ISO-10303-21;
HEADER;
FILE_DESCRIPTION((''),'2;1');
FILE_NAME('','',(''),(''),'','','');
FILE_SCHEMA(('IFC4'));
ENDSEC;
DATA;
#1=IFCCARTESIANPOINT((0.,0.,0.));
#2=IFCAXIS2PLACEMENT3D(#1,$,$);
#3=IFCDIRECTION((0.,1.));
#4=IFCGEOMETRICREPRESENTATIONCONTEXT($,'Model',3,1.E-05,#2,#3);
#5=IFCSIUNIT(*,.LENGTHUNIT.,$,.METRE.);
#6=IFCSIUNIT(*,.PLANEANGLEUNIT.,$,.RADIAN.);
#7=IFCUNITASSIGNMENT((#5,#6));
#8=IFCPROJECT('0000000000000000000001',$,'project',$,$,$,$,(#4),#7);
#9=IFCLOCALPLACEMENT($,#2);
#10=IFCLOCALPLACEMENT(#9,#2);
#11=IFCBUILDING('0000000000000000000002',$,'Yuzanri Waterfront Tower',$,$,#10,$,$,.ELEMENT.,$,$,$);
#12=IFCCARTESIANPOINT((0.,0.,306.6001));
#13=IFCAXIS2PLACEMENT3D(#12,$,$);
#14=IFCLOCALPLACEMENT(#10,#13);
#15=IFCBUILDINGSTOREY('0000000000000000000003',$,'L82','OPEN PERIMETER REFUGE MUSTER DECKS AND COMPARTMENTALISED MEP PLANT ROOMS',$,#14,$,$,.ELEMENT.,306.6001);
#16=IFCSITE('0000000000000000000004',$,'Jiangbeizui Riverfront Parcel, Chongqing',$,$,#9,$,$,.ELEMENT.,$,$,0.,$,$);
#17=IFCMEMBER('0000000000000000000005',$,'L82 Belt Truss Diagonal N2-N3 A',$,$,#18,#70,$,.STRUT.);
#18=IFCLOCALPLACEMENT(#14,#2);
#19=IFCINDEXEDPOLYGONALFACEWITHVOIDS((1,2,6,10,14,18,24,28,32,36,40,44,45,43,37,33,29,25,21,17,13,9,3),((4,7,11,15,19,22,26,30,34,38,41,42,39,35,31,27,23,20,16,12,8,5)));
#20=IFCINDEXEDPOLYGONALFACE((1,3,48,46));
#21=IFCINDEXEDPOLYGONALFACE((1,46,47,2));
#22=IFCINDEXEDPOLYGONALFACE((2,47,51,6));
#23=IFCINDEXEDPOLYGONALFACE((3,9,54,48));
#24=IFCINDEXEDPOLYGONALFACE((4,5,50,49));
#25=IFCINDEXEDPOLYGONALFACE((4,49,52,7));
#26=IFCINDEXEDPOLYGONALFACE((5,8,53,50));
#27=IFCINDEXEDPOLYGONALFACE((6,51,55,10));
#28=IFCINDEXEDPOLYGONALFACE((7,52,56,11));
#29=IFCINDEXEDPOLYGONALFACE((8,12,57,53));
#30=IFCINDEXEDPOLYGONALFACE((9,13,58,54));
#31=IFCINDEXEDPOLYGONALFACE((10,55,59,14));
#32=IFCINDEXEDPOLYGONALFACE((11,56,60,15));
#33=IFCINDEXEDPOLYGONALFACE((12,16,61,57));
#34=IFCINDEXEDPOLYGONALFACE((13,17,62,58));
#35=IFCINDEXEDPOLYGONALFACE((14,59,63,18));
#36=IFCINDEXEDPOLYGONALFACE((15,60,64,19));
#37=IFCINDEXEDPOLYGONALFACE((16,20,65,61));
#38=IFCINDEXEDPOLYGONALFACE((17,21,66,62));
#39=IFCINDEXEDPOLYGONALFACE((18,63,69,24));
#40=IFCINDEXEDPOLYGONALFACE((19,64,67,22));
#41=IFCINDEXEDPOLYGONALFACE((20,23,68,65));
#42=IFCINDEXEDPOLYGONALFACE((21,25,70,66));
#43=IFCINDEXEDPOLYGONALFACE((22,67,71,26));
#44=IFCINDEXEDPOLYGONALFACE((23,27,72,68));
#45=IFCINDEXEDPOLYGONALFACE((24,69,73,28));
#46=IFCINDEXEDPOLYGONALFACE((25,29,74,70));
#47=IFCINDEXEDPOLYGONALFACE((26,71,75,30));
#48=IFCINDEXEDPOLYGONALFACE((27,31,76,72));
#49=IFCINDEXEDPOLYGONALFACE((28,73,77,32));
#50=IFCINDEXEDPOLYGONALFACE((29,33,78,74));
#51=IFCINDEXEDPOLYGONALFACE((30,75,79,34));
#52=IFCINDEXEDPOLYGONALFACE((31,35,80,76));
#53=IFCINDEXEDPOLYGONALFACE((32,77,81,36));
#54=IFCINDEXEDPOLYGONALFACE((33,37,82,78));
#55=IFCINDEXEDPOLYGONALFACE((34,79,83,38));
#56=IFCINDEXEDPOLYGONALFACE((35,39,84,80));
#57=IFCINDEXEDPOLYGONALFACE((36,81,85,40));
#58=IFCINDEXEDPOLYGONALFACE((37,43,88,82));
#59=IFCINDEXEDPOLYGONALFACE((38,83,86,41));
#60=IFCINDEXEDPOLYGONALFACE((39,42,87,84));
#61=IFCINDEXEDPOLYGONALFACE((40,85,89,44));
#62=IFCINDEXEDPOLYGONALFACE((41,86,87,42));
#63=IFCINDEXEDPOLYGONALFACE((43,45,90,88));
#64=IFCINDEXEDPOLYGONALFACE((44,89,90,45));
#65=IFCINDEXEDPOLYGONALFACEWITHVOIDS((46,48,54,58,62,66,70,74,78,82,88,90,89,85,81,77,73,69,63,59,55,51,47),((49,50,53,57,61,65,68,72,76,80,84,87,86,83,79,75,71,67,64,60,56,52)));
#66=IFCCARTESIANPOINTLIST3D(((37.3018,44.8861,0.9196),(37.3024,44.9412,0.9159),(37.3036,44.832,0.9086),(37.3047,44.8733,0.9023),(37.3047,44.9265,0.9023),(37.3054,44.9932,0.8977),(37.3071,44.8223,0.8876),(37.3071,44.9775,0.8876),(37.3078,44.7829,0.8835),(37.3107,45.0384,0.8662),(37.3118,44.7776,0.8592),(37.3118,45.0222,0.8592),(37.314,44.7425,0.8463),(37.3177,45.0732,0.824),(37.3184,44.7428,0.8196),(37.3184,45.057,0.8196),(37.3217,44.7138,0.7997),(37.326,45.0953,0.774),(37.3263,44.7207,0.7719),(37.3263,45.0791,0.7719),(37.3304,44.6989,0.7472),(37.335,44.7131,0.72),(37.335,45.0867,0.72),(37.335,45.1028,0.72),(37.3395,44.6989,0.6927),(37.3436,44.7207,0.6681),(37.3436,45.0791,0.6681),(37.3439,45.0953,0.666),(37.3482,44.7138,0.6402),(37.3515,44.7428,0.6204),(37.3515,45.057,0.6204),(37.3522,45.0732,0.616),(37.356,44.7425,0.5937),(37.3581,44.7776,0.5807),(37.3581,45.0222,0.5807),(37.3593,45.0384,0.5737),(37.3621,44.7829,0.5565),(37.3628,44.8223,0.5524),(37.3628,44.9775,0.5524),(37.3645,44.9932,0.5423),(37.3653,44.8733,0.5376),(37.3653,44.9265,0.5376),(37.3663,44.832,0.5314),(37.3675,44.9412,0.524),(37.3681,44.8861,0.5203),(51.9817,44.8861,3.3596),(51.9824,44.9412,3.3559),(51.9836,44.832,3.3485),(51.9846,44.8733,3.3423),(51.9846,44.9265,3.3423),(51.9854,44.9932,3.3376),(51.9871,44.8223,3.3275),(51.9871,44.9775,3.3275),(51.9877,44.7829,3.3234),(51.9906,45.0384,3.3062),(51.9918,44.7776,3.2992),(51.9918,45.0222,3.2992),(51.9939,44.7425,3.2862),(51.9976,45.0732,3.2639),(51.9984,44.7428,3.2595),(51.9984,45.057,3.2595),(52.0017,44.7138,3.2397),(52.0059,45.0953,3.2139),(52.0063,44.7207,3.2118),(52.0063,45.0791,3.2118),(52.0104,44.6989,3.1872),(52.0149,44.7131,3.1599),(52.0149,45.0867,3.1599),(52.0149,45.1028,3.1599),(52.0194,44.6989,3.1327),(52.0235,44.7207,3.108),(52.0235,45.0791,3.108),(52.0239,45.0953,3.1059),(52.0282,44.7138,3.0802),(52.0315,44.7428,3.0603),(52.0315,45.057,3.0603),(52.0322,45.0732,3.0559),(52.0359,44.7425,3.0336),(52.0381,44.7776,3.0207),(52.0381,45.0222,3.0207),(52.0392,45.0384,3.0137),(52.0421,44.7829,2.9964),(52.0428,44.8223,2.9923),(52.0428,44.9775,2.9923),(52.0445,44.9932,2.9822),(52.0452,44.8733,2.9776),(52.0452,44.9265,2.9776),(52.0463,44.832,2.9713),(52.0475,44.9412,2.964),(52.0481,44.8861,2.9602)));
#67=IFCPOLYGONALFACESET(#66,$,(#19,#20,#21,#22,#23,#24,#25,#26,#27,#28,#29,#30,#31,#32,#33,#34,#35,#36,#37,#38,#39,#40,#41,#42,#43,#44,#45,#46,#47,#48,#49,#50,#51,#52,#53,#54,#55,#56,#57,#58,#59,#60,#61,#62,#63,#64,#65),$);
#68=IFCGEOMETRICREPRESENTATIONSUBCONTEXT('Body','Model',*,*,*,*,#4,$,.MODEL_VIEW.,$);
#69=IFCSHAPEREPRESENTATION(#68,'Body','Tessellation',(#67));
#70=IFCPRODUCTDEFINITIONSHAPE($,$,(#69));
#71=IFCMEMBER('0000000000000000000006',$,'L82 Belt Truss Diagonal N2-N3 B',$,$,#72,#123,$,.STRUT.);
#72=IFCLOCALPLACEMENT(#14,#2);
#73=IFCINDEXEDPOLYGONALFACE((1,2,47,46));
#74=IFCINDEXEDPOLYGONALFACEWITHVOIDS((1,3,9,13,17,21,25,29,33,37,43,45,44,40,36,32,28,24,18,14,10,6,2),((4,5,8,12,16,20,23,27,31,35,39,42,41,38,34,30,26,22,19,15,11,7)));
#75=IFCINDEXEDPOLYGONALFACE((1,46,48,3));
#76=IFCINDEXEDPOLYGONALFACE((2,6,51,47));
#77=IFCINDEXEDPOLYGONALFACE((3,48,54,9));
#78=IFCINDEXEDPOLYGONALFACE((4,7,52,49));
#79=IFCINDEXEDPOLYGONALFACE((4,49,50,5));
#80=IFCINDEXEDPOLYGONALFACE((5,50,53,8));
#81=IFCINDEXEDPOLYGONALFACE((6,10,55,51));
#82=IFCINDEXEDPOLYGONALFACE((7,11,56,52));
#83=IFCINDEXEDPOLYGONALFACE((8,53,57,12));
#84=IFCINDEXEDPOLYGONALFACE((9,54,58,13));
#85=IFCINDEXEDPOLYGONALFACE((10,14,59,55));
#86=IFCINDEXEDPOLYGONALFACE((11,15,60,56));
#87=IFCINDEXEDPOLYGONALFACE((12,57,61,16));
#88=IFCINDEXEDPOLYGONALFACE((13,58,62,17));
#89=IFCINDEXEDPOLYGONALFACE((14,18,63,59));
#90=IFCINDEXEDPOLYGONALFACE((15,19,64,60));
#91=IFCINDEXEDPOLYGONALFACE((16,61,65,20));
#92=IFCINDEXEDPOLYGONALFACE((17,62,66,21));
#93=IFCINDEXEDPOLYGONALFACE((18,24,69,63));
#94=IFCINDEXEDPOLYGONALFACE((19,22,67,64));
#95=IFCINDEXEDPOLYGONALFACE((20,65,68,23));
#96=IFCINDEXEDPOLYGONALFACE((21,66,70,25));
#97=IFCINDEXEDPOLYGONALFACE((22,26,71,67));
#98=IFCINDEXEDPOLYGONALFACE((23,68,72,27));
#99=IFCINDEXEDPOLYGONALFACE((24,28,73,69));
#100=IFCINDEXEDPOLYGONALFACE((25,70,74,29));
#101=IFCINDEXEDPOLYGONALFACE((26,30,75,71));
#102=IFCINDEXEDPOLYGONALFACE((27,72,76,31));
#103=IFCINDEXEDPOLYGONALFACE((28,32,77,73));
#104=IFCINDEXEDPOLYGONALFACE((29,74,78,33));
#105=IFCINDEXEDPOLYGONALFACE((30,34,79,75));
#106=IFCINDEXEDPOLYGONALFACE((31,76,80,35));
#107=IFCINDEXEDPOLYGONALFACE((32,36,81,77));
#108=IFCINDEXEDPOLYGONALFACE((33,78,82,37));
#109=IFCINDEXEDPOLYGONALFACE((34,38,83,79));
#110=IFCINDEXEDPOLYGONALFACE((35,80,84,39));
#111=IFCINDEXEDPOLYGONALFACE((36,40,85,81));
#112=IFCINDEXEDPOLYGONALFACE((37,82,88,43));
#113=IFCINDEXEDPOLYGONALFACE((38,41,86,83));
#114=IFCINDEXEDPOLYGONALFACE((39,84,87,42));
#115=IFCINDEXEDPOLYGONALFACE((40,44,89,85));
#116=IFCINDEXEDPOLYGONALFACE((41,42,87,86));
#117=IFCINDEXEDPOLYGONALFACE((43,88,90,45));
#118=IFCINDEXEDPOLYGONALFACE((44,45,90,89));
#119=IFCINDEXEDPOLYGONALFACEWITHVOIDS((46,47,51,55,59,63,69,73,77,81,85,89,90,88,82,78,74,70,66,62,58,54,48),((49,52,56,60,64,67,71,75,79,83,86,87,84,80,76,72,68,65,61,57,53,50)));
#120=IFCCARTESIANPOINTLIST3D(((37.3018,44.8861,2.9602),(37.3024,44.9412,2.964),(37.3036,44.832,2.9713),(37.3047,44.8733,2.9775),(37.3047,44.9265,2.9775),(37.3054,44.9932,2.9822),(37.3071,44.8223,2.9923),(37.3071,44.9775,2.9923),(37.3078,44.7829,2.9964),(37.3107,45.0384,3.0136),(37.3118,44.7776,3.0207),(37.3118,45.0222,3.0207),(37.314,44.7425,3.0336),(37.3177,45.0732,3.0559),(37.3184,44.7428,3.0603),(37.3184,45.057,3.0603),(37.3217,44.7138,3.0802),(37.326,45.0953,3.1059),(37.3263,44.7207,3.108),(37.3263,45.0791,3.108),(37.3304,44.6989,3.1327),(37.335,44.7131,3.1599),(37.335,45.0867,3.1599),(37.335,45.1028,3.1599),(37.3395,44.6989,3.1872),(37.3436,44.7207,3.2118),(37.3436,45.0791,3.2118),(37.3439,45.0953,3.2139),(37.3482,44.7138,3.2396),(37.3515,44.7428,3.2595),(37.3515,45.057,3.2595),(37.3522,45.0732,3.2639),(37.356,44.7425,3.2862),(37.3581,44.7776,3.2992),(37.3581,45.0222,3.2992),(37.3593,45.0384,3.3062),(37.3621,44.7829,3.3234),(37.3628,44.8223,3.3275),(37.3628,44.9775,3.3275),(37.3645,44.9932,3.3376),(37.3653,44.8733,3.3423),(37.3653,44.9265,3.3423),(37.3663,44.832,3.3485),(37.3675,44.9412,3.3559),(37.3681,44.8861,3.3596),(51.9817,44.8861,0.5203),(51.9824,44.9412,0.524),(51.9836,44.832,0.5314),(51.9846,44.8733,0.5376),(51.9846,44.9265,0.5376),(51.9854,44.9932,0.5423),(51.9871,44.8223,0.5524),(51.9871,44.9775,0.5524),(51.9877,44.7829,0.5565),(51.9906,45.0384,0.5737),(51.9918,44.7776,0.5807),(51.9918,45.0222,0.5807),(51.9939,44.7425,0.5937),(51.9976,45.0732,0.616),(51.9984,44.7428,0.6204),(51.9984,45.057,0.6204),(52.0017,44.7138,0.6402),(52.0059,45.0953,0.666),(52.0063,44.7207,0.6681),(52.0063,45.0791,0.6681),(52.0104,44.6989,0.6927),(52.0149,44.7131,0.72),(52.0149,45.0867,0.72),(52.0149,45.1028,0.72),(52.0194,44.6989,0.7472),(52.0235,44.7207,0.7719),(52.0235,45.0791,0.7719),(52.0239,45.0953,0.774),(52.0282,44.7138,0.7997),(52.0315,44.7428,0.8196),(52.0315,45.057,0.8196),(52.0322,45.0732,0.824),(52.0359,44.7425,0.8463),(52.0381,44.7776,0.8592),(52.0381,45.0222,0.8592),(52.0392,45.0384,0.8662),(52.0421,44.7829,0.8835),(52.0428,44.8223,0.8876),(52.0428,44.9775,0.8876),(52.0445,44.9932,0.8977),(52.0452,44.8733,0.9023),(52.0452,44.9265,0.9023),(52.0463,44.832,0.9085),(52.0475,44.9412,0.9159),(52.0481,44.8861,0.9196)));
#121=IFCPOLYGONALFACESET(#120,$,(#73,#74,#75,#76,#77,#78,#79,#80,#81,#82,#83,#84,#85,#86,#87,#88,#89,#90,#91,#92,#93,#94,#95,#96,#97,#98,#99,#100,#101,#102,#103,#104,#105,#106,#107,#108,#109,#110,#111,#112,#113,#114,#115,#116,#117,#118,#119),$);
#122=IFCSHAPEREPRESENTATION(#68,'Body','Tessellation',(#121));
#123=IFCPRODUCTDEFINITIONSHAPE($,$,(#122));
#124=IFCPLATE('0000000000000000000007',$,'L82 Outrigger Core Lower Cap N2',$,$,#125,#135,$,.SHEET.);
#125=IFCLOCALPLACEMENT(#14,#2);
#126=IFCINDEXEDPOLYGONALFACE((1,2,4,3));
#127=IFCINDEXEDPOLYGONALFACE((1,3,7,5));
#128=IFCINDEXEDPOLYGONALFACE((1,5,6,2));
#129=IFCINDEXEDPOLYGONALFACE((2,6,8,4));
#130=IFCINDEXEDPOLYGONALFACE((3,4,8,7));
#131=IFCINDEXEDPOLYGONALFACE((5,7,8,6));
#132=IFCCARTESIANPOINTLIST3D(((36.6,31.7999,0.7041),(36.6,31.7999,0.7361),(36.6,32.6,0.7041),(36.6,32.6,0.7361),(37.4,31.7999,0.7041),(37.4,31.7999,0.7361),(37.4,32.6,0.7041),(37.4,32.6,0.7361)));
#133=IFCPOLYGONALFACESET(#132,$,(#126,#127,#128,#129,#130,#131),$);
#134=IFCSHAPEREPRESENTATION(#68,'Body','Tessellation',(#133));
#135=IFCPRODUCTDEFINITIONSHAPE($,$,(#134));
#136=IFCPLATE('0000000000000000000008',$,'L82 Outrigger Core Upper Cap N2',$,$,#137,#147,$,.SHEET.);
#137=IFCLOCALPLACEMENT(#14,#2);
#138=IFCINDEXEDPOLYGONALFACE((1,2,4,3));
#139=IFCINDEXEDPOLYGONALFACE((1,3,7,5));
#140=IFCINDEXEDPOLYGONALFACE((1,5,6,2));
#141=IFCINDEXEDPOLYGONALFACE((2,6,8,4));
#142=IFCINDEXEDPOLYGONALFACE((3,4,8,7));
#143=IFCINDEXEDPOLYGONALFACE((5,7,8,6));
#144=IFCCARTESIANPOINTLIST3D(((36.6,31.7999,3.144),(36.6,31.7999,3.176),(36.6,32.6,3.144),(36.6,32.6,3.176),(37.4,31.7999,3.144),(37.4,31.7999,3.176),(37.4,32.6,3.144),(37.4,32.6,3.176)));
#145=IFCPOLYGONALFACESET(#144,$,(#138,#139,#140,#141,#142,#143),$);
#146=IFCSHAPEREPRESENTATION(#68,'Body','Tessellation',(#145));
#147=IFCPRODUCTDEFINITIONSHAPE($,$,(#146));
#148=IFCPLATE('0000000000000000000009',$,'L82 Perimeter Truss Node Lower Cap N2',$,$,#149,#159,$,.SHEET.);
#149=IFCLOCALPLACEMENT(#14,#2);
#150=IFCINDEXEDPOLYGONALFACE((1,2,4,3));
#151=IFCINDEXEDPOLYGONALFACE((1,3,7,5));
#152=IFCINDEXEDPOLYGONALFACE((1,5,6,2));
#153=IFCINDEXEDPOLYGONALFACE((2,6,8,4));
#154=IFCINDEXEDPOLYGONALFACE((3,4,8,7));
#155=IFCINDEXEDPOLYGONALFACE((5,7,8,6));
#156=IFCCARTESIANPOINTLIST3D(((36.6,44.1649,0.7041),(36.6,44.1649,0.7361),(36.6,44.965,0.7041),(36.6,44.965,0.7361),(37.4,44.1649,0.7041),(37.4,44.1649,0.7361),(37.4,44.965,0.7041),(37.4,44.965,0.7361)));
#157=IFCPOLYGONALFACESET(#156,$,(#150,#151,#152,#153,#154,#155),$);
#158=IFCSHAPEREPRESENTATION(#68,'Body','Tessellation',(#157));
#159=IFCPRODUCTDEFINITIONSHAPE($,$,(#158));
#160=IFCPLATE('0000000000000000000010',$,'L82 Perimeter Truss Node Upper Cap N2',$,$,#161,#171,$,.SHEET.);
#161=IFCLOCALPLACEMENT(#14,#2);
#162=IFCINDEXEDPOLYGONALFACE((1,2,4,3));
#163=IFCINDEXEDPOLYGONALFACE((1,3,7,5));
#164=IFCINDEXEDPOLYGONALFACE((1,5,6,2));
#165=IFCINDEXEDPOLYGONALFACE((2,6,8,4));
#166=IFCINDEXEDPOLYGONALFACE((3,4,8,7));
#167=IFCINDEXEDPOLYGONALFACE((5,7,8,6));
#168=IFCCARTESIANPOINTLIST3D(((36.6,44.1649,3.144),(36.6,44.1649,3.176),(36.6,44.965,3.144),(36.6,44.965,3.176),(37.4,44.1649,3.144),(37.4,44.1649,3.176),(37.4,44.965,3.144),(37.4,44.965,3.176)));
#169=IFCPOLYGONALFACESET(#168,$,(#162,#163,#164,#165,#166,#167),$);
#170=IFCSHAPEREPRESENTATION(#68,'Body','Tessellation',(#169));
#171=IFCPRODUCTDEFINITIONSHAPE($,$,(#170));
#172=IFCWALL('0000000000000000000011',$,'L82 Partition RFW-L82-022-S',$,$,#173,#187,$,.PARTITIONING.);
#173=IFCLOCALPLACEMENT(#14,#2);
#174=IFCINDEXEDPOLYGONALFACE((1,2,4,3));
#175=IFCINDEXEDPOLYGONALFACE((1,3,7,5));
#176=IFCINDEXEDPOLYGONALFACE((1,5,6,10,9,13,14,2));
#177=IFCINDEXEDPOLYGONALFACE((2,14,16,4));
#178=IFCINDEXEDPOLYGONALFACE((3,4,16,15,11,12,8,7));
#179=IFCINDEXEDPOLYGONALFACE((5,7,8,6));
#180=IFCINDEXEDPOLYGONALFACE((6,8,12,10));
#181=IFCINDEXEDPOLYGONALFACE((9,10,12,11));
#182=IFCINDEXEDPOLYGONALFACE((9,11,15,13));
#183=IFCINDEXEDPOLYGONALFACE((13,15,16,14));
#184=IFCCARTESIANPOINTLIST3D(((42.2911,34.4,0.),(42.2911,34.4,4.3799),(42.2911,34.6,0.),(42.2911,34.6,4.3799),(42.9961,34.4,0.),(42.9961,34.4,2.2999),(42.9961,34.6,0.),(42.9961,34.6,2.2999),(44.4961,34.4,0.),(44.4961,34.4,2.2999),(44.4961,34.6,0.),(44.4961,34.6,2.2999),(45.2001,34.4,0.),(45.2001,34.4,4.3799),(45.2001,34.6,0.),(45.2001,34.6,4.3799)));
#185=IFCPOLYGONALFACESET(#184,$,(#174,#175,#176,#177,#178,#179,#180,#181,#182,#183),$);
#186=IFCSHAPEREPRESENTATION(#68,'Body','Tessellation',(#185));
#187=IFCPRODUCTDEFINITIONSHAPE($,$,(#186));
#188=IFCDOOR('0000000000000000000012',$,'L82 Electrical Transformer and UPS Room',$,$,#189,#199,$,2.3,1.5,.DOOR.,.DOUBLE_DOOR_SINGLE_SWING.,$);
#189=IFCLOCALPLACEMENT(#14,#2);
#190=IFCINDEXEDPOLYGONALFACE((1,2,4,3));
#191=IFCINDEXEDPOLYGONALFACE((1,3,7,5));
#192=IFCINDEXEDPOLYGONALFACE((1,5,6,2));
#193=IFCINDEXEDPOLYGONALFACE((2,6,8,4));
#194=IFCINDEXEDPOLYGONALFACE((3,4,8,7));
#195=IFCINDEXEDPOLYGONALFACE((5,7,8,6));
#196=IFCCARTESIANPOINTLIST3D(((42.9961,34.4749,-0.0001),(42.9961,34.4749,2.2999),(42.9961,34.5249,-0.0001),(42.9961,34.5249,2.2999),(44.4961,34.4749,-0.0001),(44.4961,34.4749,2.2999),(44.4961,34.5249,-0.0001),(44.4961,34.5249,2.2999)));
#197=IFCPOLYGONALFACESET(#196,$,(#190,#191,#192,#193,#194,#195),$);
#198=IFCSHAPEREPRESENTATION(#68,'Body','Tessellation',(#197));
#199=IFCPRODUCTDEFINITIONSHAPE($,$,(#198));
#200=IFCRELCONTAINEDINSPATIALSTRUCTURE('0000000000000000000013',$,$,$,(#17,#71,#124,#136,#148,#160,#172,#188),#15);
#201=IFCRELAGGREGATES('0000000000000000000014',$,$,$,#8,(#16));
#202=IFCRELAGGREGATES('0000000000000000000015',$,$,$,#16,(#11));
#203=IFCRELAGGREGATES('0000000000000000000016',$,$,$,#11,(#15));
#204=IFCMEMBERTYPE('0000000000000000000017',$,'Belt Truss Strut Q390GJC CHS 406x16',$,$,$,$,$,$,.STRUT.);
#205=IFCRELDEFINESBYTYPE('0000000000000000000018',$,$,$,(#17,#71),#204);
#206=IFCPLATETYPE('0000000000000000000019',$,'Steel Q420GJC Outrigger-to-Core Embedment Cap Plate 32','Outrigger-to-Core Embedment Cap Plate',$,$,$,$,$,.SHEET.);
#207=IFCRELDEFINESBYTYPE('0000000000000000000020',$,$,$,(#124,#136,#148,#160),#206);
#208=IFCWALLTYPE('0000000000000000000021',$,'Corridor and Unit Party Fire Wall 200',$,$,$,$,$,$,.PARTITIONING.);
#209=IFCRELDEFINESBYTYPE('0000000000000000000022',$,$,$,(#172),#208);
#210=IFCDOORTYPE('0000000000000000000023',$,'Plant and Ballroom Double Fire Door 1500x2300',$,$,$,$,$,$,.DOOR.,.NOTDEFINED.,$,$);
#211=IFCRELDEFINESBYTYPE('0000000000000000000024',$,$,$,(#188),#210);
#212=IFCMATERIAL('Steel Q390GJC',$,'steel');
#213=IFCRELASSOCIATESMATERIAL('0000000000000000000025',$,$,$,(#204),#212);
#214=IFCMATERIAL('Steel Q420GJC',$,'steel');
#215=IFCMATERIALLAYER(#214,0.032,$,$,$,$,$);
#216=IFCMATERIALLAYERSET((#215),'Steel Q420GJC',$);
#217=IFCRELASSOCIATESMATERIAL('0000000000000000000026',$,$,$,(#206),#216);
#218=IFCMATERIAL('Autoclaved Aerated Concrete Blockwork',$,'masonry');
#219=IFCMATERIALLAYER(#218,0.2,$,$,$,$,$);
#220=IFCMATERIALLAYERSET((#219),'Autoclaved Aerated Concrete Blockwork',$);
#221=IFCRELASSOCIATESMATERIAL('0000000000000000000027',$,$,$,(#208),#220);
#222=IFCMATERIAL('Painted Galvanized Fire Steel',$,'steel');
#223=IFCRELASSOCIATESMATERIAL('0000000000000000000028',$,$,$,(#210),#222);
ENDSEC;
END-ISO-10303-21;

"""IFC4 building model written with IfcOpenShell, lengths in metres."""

from ifc_helpers import new_model, si_unit, direction, frame, frame_2d, origin, origin_2d, place, context, subcontext, project, spatial, rectangle, hollow_circle, extrude, source, transform, mapped, material, layer, layer_set, material_profile, profile_set, type_object, element, fill, save


model = new_model("IFC4")

# Units and contexts
model_context = context("Model", 3, precision=1e-05, world=origin(), true_north=direction((0.0, 1.0)))
body_context = subcontext(model_context, "Body", "Model", "MODEL_VIEW")
ifc_project = project(units=[si_unit("LENGTHUNIT", "METRE"), si_unit("PLANEANGLEUNIT", "RADIAN")], contexts=[model_context])

# Site, building, storey
site_placement = place(None, origin())
site = spatial("IfcSite", under=ifc_project, at=site_placement, Name="Jiangbeizui Riverfront Parcel, Chongqing", CompositionType="ELEMENT", RefElevation=0.0)
building_placement = place(site_placement, origin())
building = spatial("IfcBuilding", under=site, at=building_placement, Name="Yuzanri Waterfront Tower", CompositionType="ELEMENT")
storey_placement = place(building_placement, frame((0.0, 0.0, 306.6001)))
storey = spatial("IfcBuildingStorey", under=building, at=storey_placement, Name="L82", Description="OPEN PERIMETER REFUGE MUSTER DECKS AND COMPARTMENTALISED MEP PLANT ROOMS", CompositionType="ELEMENT", Elevation=306.6001)

# Members
ifc_material_1 = material(Name="Steel Q390GJC", Category="steel")
ifc_material_profile_1 = material_profile(ifc_material_1, hollow_circle(Radius=0.2029, WallThickness=0.0161, at=origin_2d()), Name="CHS 406x16")
ifc_profile_set_1 = profile_set([ifc_material_profile_1], Name="Steel Q390GJC")
member_type_1 = type_object("IfcMemberType", Name="Belt Truss Strut Q390GJC CHS 406x16", PredefinedType="STRUT", material=ifc_profile_set_1)
shared_shape_1 = source(origin(), body_context, "Body", "SweptSolid", [
    extrude(hollow_circle(Radius=0.2029, WallThickness=0.0161, at=origin_2d()), origin(), (0.0, 0.0, 1.0), 14.8813),
])
for number, where, z_axis, x_axis, name in (
    (1, (37.335, 44.8999, 0.72), (0.986467, 0.0, 0.16396), (0.0, 1.0, 0.0), "L82 Belt Truss Diagonal N2-N3 A"),
    (2, (37.335, 44.8999, 3.1599), (0.986467, 0.0, -0.16396), (0.0, 1.0, 0.0), "L82 Belt Truss Diagonal N2-N3 B"),
):
    element("IfcMember", number, at=place(storey_placement, frame(where, z_axis=z_axis, x_axis=x_axis)), inside=storey, type_object=member_type_1, Name=name, PredefinedType="STRUT", context=body_context, shape_type="MappedRepresentation", body=[
        mapped(shared_shape_1, transform((0.0, 0.0, 0.0), scale=1.0)),
    ])

# Plates
ifc_material_2 = material(Name="Steel Q420GJC", Category="steel")
ifc_layer_1 = layer(ifc_material_2, 0.032)
ifc_layer_set_1 = layer_set([ifc_layer_1], Name="Steel Q420GJC")
plate_type = type_object("IfcPlateType", Name="Steel Q420GJC Outrigger-to-Core Embedment Cap Plate 32", Description="Outrigger-to-Core Embedment Cap Plate", PredefinedType="SHEET", material=ifc_layer_set_1)
shared_shape_2 = source(origin(), body_context, "Body", "SweptSolid", [
    extrude(rectangle(XDim=0.8, YDim=0.8, at=origin_2d()), origin(), (0.0, 0.0, 1.0), 0.032),
])
for number, where, z_axis, x_axis, name in (
    (3, (37.0, 32.2, 0.7041), (0.0, 0.0, 1.0), (1.0, 0.0, 0.0), "L82 Outrigger Core Lower Cap N2"),
    (4, (37.0, 32.2, 3.144), (0.0, 0.0, 1.0), (1.0, 0.0, 0.0), "L82 Outrigger Core Upper Cap N2"),
    (5, (37.0, 44.5649, 0.7041), (0.0, 0.0, 1.0), (1.0, 0.0, 0.0), "L82 Perimeter Truss Node Lower Cap N2"),
    (6, (37.0, 44.5649, 3.144), (0.0, 0.0, 1.0), (1.0, 0.0, 0.0), "L82 Perimeter Truss Node Upper Cap N2"),
):
    element("IfcPlate", number, at=place(storey_placement, frame(where, z_axis=z_axis, x_axis=x_axis)), inside=storey, type_object=plate_type, Name=name, PredefinedType="SHEET", context=body_context, shape_type="MappedRepresentation", body=[
        mapped(shared_shape_2, transform((0.0, 0.0, 0.0), scale=1.0)),
    ])

# Wall, opening, door
ifc_material_3 = material(Name="Autoclaved Aerated Concrete Blockwork", Category="masonry")
ifc_layer_2 = layer(ifc_material_3, 0.2)
ifc_layer_set_2 = layer_set([ifc_layer_2], Name="Autoclaved Aerated Concrete Blockwork")
wall_type_1 = type_object("IfcWallType", Name="Corridor and Unit Party Fire Wall 200", PredefinedType="PARTITIONING", material=ifc_layer_set_2)
wall_1_placement = place(storey_placement, frame((42.291, 34.5, 0.0), z_axis=(0.0, 0.0, 1.0), x_axis=(1.0, 0.0, 0.0)))
wall_1 = element("IfcWall", 7, at=wall_1_placement, inside=storey, type_object=wall_type_1, Name="L82 Partition RFW-L82-022-S", PredefinedType="PARTITIONING", context=body_context, shape_type="SweptSolid", body=[
    extrude(rectangle(XDim=2.9089, YDim=0.2, at=frame_2d((1.4546, 0.0))), origin(), (0.0, 0.0, 1.0), 4.3799),
])
opening_1_placement = place(wall_1_placement, frame((0.7051, 0.0, 0.0)))
opening_1 = element("IfcOpeningElement", 8, at=opening_1_placement, cuts=wall_1, PredefinedType="OPENING", context=body_context, shape_type="SweptSolid", body=[
    extrude(rectangle(XDim=1.5, YDim=2.3, at=frame_2d((0.75, 1.1499))), frame((0.0, 0.1147, 0.0), z_axis=(0.0, -1.0, 0.0), x_axis=(1.0, 0.0, 0.0)), (0.0, 0.0, 1.0), 0.2297),
])
ifc_material_4 = material(Name="Painted Galvanized Fire Steel", Category="steel")
door_type_1 = type_object("IfcDoorType", Name="Plant and Ballroom Double Fire Door 1500x2300", OperationType="NOTDEFINED", PredefinedType="DOOR", material=ifc_material_4)
shared_shape_3 = source(origin(), body_context, "Body", "SweptSolid", [
    extrude(rectangle(XDim=1.5, YDim=2.3, at=frame_2d((0.75, 1.1499))), frame((0.0, 0.0249, 0.0), z_axis=(0.0, -1.0, 0.0), x_axis=(1.0, 0.0, 0.0)), (0.0, 0.0, 1.0), 0.05),
])
door_1_placement = place(opening_1_placement, origin())
door_1 = element("IfcDoor", 9, at=door_1_placement, inside=storey, type_object=door_type_1, Name="L82 Electrical Transformer and UPS Room", OperationType="DOUBLE_DOOR_SINGLE_SWING", OverallHeight=2.3, OverallWidth=1.5, PredefinedType="DOOR", context=body_context, shape_type="MappedRepresentation", body=[
    mapped(shared_shape_3, transform((0.0, 0.0, 0.0), scale=1.0)),
])
fill(opening_1, door_1)

save(model, "model.ifc")
